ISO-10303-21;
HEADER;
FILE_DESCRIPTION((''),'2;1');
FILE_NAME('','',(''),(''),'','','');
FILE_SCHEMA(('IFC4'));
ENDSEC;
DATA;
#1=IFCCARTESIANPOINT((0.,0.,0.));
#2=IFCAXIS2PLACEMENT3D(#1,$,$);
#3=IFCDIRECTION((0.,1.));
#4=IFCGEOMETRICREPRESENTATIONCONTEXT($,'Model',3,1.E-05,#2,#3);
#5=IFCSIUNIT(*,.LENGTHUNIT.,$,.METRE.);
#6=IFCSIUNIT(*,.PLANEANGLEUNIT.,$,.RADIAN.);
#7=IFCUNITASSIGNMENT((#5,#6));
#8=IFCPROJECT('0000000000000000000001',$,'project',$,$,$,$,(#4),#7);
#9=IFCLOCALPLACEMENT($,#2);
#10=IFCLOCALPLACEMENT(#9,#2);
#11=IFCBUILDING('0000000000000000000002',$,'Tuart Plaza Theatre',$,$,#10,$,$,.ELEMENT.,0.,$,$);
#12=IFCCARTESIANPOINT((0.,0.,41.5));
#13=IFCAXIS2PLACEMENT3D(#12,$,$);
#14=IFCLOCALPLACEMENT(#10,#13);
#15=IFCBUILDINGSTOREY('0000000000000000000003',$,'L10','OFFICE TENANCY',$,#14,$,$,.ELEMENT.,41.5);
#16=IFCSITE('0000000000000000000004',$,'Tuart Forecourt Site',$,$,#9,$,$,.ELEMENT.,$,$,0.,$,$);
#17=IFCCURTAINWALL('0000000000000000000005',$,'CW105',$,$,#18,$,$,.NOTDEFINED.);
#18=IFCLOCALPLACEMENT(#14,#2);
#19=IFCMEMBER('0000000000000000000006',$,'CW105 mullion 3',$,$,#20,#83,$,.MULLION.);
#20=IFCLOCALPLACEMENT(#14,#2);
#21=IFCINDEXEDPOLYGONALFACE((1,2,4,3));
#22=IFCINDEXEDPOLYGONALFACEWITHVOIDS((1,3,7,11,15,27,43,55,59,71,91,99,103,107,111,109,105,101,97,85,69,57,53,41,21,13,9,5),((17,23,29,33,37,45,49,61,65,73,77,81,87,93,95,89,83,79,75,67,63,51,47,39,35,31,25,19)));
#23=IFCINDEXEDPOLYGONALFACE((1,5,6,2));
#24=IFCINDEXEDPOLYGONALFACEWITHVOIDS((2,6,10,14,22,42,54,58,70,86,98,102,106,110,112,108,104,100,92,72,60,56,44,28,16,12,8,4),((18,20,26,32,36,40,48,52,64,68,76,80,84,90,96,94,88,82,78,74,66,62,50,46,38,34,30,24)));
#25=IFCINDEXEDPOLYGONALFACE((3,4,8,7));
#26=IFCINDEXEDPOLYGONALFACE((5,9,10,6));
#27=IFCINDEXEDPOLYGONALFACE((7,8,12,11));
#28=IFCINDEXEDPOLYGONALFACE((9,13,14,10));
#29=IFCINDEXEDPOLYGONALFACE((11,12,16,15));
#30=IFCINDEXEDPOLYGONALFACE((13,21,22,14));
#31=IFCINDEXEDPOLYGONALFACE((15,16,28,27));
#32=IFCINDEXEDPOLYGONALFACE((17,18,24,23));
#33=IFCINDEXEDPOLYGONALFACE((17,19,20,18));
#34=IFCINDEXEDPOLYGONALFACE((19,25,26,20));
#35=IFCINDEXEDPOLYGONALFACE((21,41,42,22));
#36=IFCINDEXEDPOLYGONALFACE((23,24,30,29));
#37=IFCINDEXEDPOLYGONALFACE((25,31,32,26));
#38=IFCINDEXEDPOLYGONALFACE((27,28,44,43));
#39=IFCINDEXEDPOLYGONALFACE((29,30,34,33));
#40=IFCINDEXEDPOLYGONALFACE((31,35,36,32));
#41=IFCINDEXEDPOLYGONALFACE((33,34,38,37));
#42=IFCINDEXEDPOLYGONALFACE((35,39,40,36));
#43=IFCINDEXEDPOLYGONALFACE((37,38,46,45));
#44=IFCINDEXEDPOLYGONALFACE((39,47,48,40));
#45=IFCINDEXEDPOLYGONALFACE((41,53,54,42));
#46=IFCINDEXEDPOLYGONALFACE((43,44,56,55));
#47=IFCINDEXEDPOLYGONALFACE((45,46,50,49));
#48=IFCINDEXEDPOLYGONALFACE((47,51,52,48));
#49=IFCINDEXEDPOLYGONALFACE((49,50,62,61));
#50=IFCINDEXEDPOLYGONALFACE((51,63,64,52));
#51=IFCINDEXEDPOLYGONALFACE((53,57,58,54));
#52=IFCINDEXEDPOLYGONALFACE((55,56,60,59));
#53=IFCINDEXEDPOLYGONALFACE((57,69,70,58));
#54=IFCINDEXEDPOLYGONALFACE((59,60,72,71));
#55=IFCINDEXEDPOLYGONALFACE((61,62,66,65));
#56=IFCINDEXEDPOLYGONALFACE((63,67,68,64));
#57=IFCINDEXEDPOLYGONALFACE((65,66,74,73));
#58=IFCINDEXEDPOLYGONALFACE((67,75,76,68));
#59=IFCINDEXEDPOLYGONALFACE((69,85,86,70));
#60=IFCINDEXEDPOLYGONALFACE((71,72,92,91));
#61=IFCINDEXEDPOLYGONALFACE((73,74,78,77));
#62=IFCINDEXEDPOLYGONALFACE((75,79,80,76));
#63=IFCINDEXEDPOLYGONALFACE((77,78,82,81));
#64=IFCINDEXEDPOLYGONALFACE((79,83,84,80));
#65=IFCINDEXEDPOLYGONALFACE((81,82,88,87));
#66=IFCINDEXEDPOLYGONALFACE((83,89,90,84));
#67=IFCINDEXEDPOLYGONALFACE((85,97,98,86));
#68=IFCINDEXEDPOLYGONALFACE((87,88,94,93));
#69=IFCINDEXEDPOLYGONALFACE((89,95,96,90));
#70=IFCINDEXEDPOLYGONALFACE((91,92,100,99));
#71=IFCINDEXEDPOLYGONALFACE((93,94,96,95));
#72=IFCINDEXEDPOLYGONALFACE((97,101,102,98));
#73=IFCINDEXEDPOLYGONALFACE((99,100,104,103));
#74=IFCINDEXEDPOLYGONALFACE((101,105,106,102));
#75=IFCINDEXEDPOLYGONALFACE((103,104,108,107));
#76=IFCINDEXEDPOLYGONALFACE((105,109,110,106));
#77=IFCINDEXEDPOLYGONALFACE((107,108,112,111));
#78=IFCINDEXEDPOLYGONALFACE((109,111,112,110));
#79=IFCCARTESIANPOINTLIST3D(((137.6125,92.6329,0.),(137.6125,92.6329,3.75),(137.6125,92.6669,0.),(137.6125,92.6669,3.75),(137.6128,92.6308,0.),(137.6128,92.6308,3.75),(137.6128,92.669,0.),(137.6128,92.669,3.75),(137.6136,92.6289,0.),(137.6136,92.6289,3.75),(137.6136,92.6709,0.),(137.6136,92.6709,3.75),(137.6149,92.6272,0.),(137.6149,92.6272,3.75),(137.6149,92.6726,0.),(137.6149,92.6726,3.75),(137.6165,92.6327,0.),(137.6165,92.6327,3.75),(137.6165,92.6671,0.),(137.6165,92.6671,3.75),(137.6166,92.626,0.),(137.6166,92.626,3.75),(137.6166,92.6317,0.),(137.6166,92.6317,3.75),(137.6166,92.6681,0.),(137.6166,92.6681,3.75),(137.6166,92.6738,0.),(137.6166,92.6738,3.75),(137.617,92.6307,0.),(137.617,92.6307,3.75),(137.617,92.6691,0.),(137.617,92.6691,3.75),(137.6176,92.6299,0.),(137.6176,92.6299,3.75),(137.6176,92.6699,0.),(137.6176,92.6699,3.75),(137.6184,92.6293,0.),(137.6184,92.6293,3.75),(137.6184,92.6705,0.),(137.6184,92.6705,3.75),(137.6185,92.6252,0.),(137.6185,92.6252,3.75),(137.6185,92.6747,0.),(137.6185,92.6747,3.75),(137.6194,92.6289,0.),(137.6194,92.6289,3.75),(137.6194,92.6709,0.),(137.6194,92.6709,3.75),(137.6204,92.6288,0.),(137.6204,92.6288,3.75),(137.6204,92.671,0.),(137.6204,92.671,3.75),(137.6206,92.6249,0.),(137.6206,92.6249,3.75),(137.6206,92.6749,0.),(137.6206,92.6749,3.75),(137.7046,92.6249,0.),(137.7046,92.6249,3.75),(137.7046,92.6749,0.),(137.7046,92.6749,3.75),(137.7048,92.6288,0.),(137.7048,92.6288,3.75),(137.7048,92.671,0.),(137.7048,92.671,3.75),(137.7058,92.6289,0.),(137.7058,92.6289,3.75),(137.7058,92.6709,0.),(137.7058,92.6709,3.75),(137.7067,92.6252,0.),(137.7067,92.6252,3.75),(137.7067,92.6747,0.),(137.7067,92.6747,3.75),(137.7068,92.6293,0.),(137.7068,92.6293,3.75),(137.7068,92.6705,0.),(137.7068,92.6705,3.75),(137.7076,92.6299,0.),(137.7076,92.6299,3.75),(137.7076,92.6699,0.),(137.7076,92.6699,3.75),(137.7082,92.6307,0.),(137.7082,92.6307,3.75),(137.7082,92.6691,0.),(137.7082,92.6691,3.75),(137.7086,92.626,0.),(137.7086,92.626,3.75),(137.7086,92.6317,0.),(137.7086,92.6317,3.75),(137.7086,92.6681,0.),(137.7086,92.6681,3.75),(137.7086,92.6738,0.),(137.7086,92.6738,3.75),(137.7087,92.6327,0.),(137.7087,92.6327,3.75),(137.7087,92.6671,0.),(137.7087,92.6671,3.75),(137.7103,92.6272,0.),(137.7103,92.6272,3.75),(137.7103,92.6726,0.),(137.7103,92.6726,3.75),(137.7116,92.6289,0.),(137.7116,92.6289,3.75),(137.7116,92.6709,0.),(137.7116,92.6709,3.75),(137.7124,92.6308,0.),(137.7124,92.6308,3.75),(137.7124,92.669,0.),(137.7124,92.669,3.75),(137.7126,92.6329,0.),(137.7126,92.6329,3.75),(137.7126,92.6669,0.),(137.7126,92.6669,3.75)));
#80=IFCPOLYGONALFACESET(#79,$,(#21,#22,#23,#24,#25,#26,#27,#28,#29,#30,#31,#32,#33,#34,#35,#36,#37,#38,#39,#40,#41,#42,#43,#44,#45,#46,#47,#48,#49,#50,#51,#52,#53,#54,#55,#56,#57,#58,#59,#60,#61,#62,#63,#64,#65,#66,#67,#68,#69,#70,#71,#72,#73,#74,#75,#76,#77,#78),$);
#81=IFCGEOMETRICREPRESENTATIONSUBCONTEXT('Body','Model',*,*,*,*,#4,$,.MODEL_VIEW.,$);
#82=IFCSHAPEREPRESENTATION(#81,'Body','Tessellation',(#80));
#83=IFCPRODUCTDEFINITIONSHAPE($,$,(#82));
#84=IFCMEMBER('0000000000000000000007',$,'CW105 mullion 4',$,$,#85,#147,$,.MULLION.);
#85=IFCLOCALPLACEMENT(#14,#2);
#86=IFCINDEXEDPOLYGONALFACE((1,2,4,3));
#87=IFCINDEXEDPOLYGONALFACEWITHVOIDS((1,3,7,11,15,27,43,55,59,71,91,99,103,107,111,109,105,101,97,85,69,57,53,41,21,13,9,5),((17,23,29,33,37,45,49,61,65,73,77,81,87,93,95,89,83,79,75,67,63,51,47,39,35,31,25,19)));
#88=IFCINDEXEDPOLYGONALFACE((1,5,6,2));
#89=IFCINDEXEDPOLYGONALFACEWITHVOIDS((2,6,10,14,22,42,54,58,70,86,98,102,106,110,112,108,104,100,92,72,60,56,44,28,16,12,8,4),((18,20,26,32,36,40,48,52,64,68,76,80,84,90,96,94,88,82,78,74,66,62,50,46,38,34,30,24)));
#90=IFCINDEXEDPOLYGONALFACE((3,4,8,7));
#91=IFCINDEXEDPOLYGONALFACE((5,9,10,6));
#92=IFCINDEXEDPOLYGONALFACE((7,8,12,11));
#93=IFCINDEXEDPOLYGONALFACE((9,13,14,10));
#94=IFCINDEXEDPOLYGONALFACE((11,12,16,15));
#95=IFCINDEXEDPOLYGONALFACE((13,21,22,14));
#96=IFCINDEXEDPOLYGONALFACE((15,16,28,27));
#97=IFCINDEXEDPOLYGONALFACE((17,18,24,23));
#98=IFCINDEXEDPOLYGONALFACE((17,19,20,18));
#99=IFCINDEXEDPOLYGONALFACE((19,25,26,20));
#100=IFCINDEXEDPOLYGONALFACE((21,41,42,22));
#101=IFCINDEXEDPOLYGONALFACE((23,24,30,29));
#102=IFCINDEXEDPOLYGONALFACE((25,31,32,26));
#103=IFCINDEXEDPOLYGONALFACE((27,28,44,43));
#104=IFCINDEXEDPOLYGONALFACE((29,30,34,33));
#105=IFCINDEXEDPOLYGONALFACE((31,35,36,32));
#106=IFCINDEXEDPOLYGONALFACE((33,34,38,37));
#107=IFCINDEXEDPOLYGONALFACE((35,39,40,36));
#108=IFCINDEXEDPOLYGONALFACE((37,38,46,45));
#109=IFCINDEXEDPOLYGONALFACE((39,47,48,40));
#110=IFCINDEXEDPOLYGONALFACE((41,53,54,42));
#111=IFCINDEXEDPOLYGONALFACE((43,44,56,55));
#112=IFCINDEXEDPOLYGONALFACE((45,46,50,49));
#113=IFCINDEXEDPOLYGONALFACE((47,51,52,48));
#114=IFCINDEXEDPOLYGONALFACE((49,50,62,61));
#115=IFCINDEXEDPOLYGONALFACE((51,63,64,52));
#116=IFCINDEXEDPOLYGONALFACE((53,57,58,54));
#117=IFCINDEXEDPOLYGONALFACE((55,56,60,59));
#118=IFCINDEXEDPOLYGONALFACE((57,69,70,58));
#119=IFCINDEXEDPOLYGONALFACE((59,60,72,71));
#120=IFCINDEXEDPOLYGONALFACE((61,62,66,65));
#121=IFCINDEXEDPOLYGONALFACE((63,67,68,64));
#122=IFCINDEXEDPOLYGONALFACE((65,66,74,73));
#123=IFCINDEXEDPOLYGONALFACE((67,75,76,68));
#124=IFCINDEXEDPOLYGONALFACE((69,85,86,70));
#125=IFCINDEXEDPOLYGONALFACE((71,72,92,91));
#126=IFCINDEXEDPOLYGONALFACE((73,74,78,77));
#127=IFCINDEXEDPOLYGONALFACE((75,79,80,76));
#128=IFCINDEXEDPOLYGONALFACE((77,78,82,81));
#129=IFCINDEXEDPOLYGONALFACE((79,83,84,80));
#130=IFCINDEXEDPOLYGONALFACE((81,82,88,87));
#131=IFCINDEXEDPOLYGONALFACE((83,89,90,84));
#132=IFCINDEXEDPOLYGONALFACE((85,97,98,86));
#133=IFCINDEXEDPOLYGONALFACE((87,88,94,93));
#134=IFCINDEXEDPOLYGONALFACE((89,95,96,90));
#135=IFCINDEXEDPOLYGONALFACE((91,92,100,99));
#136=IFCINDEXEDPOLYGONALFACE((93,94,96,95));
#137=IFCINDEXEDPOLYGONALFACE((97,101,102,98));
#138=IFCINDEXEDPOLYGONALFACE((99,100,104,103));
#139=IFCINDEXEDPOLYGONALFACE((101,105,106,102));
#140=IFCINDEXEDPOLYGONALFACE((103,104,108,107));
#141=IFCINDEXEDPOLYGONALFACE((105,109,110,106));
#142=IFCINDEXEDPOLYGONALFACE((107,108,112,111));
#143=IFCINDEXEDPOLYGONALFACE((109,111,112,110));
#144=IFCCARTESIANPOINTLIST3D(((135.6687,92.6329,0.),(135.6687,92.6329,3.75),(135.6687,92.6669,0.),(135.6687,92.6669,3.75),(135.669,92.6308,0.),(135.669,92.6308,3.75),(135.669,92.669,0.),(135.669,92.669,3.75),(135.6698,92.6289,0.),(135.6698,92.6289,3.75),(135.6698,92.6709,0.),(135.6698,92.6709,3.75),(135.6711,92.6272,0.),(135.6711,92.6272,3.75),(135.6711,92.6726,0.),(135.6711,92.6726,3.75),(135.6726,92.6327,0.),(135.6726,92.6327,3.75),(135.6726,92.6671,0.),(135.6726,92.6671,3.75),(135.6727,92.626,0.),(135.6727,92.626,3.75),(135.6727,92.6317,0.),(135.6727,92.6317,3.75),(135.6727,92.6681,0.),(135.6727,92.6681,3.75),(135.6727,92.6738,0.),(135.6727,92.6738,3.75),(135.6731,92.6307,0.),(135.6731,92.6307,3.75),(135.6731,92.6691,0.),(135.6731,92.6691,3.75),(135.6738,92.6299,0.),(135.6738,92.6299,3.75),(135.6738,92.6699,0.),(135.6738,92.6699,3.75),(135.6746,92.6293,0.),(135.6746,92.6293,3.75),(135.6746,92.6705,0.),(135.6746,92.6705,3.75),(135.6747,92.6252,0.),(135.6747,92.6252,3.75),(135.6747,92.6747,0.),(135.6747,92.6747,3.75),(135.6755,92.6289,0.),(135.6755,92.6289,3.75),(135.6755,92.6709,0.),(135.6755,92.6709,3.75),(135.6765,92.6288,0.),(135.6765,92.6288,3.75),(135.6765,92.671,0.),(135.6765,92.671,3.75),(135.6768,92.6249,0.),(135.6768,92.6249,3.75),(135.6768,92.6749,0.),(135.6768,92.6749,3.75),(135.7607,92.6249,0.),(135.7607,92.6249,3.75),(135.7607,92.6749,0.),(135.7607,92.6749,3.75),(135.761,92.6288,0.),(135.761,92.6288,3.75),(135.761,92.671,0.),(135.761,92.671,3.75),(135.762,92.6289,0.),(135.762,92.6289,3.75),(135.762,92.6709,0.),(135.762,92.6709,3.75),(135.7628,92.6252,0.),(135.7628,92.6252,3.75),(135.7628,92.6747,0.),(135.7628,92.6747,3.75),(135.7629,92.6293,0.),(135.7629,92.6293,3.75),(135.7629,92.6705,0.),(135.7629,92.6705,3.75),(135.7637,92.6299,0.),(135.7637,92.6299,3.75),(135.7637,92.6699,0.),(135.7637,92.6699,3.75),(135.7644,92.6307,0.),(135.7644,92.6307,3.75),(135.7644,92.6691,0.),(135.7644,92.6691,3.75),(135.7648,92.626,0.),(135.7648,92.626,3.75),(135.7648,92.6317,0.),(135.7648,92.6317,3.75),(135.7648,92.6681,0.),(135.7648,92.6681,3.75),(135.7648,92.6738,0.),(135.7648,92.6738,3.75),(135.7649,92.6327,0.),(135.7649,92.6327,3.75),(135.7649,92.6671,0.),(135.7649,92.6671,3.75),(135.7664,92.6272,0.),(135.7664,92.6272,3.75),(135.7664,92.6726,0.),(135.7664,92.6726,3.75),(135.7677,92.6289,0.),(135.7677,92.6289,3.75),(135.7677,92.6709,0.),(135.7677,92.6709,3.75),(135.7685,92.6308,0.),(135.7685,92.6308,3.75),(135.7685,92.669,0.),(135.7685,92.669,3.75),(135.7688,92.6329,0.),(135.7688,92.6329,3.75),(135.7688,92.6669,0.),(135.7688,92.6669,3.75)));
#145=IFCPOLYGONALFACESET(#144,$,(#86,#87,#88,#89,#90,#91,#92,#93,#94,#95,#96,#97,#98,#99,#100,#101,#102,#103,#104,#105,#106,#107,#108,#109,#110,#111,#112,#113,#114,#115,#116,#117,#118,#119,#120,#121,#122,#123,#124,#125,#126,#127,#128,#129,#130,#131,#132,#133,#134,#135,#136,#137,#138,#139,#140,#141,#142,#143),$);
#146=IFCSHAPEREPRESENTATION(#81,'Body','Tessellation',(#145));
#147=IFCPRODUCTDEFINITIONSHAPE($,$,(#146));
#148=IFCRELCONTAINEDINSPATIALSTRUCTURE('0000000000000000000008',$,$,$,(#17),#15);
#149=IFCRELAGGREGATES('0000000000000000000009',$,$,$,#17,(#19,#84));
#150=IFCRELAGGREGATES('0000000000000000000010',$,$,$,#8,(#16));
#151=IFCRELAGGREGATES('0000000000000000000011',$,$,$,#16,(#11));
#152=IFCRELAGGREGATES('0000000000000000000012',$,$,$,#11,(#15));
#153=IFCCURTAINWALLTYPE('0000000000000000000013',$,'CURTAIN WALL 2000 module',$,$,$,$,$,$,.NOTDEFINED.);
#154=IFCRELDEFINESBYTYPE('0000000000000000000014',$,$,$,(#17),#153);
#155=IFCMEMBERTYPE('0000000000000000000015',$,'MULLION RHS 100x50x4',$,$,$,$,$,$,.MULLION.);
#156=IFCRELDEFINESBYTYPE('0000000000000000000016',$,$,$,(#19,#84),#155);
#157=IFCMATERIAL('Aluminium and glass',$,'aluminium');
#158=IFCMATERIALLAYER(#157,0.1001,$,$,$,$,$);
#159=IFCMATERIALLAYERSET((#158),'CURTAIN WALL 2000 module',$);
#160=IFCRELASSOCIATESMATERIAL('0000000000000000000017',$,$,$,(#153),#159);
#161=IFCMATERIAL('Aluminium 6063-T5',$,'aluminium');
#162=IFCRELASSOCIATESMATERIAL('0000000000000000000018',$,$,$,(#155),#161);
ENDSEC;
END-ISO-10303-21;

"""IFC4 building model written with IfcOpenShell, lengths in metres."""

from ifc_helpers import new_model, si_unit, direction, frame, origin, origin_2d, place, context, subcontext, project, spatial, hollow_rectangle, extrude, material, layer, layer_set, material_profile, profile_set, type_object, element, aggregate, save


model = new_model("IFC4")

# Units and contexts
model_context = context("Model", 3, precision=1e-05, world=origin(), true_north=direction((0.0, 1.0)))
body_context = subcontext(model_context, "Body", "Model", "MODEL_VIEW")
ifc_project = project(units=[si_unit("LENGTHUNIT", "METRE"), si_unit("PLANEANGLEUNIT", "RADIAN")], contexts=[model_context])

# Site, building, storey
site_placement = place(None, origin())
site = spatial("IfcSite", under=ifc_project, at=site_placement, Name="Tuart Forecourt Site", CompositionType="ELEMENT", RefElevation=0.0)
building_placement = place(site_placement, origin())
building = spatial("IfcBuilding", under=site, at=building_placement, Name="Tuart Plaza Theatre", CompositionType="ELEMENT", ElevationOfRefHeight=0.0)
storey_placement = place(building_placement, frame((0.0, 0.0, 41.5)))
storey = spatial("IfcBuildingStorey", under=building, at=storey_placement, Name="L10", Description="OFFICE TENANCY", CompositionType="ELEMENT", Elevation=41.5)

# Curtain wall, members
ifc_material_1 = material(Name="Aluminium and glass", Category="aluminium")
ifc_layer_1 = layer(ifc_material_1, 0.1001)
ifc_layer_set_1 = layer_set([ifc_layer_1], Name="CURTAIN WALL 2000 module")
curtain_wall_type = type_object("IfcCurtainWallType", Name="CURTAIN WALL 2000 module", PredefinedType="NOTDEFINED", material=ifc_layer_set_1)
curtain_wall_placement = place(storey_placement, origin())
curtain_wall = element("IfcCurtainWall", 1, at=curtain_wall_placement, inside=storey, type_object=curtain_wall_type, Name="CW105", PredefinedType="NOTDEFINED")
ifc_material_2 = material(Name="Aluminium 6063-T5", Category="aluminium")
ifc_material_profile_1 = material_profile(ifc_material_2, hollow_rectangle(XDim=0.05, YDim=0.1001, WallThickness=0.0039, InnerFilletRadius=0.0039, OuterFilletRadius=0.0081, at=origin_2d()), Name="RHS 100x50x4")
ifc_profile_set_1 = profile_set([ifc_material_profile_1], Name="Aluminium 6063-T5")
member_type_1 = type_object("IfcMemberType", Name="MULLION RHS 100x50x4", PredefinedType="MULLION", material=ifc_profile_set_1)
member_1_placement = place(storey_placement, frame((137.6626, 92.6499, 0.0), z_axis=(0.0, 0.0, 1.0), x_axis=(0.0, -1.0, 0.0)))
member_1 = element("IfcMember", 2, at=member_1_placement, type_object=member_type_1, Name="CW105 mullion 3", PredefinedType="MULLION", context=body_context, shape_type="SweptSolid", body=[
    extrude(hollow_rectangle(XDim=0.05, YDim=0.1001, WallThickness=0.0039, InnerFilletRadius=0.0039, OuterFilletRadius=0.0081, at=origin_2d()), origin(), (0.0, 0.0, 1.0), 3.75),
])
member_2_placement = place(storey_placement, frame((135.7188, 92.6499, 0.0), z_axis=(0.0, 0.0, 1.0), x_axis=(0.0, -1.0, 0.0)))
member_2 = element("IfcMember", 3, at=member_2_placement, type_object=member_type_1, Name="CW105 mullion 4", PredefinedType="MULLION", context=body_context, shape_type="SweptSolid", body=[
    extrude(hollow_rectangle(XDim=0.05, YDim=0.1001, WallThickness=0.0039, InnerFilletRadius=0.0039, OuterFilletRadius=0.0081, at=origin_2d()), origin(), (0.0, 0.0, 1.0), 3.75),
])
aggregate(curtain_wall, [member_1, member_2])

save(model, "model.ifc")
